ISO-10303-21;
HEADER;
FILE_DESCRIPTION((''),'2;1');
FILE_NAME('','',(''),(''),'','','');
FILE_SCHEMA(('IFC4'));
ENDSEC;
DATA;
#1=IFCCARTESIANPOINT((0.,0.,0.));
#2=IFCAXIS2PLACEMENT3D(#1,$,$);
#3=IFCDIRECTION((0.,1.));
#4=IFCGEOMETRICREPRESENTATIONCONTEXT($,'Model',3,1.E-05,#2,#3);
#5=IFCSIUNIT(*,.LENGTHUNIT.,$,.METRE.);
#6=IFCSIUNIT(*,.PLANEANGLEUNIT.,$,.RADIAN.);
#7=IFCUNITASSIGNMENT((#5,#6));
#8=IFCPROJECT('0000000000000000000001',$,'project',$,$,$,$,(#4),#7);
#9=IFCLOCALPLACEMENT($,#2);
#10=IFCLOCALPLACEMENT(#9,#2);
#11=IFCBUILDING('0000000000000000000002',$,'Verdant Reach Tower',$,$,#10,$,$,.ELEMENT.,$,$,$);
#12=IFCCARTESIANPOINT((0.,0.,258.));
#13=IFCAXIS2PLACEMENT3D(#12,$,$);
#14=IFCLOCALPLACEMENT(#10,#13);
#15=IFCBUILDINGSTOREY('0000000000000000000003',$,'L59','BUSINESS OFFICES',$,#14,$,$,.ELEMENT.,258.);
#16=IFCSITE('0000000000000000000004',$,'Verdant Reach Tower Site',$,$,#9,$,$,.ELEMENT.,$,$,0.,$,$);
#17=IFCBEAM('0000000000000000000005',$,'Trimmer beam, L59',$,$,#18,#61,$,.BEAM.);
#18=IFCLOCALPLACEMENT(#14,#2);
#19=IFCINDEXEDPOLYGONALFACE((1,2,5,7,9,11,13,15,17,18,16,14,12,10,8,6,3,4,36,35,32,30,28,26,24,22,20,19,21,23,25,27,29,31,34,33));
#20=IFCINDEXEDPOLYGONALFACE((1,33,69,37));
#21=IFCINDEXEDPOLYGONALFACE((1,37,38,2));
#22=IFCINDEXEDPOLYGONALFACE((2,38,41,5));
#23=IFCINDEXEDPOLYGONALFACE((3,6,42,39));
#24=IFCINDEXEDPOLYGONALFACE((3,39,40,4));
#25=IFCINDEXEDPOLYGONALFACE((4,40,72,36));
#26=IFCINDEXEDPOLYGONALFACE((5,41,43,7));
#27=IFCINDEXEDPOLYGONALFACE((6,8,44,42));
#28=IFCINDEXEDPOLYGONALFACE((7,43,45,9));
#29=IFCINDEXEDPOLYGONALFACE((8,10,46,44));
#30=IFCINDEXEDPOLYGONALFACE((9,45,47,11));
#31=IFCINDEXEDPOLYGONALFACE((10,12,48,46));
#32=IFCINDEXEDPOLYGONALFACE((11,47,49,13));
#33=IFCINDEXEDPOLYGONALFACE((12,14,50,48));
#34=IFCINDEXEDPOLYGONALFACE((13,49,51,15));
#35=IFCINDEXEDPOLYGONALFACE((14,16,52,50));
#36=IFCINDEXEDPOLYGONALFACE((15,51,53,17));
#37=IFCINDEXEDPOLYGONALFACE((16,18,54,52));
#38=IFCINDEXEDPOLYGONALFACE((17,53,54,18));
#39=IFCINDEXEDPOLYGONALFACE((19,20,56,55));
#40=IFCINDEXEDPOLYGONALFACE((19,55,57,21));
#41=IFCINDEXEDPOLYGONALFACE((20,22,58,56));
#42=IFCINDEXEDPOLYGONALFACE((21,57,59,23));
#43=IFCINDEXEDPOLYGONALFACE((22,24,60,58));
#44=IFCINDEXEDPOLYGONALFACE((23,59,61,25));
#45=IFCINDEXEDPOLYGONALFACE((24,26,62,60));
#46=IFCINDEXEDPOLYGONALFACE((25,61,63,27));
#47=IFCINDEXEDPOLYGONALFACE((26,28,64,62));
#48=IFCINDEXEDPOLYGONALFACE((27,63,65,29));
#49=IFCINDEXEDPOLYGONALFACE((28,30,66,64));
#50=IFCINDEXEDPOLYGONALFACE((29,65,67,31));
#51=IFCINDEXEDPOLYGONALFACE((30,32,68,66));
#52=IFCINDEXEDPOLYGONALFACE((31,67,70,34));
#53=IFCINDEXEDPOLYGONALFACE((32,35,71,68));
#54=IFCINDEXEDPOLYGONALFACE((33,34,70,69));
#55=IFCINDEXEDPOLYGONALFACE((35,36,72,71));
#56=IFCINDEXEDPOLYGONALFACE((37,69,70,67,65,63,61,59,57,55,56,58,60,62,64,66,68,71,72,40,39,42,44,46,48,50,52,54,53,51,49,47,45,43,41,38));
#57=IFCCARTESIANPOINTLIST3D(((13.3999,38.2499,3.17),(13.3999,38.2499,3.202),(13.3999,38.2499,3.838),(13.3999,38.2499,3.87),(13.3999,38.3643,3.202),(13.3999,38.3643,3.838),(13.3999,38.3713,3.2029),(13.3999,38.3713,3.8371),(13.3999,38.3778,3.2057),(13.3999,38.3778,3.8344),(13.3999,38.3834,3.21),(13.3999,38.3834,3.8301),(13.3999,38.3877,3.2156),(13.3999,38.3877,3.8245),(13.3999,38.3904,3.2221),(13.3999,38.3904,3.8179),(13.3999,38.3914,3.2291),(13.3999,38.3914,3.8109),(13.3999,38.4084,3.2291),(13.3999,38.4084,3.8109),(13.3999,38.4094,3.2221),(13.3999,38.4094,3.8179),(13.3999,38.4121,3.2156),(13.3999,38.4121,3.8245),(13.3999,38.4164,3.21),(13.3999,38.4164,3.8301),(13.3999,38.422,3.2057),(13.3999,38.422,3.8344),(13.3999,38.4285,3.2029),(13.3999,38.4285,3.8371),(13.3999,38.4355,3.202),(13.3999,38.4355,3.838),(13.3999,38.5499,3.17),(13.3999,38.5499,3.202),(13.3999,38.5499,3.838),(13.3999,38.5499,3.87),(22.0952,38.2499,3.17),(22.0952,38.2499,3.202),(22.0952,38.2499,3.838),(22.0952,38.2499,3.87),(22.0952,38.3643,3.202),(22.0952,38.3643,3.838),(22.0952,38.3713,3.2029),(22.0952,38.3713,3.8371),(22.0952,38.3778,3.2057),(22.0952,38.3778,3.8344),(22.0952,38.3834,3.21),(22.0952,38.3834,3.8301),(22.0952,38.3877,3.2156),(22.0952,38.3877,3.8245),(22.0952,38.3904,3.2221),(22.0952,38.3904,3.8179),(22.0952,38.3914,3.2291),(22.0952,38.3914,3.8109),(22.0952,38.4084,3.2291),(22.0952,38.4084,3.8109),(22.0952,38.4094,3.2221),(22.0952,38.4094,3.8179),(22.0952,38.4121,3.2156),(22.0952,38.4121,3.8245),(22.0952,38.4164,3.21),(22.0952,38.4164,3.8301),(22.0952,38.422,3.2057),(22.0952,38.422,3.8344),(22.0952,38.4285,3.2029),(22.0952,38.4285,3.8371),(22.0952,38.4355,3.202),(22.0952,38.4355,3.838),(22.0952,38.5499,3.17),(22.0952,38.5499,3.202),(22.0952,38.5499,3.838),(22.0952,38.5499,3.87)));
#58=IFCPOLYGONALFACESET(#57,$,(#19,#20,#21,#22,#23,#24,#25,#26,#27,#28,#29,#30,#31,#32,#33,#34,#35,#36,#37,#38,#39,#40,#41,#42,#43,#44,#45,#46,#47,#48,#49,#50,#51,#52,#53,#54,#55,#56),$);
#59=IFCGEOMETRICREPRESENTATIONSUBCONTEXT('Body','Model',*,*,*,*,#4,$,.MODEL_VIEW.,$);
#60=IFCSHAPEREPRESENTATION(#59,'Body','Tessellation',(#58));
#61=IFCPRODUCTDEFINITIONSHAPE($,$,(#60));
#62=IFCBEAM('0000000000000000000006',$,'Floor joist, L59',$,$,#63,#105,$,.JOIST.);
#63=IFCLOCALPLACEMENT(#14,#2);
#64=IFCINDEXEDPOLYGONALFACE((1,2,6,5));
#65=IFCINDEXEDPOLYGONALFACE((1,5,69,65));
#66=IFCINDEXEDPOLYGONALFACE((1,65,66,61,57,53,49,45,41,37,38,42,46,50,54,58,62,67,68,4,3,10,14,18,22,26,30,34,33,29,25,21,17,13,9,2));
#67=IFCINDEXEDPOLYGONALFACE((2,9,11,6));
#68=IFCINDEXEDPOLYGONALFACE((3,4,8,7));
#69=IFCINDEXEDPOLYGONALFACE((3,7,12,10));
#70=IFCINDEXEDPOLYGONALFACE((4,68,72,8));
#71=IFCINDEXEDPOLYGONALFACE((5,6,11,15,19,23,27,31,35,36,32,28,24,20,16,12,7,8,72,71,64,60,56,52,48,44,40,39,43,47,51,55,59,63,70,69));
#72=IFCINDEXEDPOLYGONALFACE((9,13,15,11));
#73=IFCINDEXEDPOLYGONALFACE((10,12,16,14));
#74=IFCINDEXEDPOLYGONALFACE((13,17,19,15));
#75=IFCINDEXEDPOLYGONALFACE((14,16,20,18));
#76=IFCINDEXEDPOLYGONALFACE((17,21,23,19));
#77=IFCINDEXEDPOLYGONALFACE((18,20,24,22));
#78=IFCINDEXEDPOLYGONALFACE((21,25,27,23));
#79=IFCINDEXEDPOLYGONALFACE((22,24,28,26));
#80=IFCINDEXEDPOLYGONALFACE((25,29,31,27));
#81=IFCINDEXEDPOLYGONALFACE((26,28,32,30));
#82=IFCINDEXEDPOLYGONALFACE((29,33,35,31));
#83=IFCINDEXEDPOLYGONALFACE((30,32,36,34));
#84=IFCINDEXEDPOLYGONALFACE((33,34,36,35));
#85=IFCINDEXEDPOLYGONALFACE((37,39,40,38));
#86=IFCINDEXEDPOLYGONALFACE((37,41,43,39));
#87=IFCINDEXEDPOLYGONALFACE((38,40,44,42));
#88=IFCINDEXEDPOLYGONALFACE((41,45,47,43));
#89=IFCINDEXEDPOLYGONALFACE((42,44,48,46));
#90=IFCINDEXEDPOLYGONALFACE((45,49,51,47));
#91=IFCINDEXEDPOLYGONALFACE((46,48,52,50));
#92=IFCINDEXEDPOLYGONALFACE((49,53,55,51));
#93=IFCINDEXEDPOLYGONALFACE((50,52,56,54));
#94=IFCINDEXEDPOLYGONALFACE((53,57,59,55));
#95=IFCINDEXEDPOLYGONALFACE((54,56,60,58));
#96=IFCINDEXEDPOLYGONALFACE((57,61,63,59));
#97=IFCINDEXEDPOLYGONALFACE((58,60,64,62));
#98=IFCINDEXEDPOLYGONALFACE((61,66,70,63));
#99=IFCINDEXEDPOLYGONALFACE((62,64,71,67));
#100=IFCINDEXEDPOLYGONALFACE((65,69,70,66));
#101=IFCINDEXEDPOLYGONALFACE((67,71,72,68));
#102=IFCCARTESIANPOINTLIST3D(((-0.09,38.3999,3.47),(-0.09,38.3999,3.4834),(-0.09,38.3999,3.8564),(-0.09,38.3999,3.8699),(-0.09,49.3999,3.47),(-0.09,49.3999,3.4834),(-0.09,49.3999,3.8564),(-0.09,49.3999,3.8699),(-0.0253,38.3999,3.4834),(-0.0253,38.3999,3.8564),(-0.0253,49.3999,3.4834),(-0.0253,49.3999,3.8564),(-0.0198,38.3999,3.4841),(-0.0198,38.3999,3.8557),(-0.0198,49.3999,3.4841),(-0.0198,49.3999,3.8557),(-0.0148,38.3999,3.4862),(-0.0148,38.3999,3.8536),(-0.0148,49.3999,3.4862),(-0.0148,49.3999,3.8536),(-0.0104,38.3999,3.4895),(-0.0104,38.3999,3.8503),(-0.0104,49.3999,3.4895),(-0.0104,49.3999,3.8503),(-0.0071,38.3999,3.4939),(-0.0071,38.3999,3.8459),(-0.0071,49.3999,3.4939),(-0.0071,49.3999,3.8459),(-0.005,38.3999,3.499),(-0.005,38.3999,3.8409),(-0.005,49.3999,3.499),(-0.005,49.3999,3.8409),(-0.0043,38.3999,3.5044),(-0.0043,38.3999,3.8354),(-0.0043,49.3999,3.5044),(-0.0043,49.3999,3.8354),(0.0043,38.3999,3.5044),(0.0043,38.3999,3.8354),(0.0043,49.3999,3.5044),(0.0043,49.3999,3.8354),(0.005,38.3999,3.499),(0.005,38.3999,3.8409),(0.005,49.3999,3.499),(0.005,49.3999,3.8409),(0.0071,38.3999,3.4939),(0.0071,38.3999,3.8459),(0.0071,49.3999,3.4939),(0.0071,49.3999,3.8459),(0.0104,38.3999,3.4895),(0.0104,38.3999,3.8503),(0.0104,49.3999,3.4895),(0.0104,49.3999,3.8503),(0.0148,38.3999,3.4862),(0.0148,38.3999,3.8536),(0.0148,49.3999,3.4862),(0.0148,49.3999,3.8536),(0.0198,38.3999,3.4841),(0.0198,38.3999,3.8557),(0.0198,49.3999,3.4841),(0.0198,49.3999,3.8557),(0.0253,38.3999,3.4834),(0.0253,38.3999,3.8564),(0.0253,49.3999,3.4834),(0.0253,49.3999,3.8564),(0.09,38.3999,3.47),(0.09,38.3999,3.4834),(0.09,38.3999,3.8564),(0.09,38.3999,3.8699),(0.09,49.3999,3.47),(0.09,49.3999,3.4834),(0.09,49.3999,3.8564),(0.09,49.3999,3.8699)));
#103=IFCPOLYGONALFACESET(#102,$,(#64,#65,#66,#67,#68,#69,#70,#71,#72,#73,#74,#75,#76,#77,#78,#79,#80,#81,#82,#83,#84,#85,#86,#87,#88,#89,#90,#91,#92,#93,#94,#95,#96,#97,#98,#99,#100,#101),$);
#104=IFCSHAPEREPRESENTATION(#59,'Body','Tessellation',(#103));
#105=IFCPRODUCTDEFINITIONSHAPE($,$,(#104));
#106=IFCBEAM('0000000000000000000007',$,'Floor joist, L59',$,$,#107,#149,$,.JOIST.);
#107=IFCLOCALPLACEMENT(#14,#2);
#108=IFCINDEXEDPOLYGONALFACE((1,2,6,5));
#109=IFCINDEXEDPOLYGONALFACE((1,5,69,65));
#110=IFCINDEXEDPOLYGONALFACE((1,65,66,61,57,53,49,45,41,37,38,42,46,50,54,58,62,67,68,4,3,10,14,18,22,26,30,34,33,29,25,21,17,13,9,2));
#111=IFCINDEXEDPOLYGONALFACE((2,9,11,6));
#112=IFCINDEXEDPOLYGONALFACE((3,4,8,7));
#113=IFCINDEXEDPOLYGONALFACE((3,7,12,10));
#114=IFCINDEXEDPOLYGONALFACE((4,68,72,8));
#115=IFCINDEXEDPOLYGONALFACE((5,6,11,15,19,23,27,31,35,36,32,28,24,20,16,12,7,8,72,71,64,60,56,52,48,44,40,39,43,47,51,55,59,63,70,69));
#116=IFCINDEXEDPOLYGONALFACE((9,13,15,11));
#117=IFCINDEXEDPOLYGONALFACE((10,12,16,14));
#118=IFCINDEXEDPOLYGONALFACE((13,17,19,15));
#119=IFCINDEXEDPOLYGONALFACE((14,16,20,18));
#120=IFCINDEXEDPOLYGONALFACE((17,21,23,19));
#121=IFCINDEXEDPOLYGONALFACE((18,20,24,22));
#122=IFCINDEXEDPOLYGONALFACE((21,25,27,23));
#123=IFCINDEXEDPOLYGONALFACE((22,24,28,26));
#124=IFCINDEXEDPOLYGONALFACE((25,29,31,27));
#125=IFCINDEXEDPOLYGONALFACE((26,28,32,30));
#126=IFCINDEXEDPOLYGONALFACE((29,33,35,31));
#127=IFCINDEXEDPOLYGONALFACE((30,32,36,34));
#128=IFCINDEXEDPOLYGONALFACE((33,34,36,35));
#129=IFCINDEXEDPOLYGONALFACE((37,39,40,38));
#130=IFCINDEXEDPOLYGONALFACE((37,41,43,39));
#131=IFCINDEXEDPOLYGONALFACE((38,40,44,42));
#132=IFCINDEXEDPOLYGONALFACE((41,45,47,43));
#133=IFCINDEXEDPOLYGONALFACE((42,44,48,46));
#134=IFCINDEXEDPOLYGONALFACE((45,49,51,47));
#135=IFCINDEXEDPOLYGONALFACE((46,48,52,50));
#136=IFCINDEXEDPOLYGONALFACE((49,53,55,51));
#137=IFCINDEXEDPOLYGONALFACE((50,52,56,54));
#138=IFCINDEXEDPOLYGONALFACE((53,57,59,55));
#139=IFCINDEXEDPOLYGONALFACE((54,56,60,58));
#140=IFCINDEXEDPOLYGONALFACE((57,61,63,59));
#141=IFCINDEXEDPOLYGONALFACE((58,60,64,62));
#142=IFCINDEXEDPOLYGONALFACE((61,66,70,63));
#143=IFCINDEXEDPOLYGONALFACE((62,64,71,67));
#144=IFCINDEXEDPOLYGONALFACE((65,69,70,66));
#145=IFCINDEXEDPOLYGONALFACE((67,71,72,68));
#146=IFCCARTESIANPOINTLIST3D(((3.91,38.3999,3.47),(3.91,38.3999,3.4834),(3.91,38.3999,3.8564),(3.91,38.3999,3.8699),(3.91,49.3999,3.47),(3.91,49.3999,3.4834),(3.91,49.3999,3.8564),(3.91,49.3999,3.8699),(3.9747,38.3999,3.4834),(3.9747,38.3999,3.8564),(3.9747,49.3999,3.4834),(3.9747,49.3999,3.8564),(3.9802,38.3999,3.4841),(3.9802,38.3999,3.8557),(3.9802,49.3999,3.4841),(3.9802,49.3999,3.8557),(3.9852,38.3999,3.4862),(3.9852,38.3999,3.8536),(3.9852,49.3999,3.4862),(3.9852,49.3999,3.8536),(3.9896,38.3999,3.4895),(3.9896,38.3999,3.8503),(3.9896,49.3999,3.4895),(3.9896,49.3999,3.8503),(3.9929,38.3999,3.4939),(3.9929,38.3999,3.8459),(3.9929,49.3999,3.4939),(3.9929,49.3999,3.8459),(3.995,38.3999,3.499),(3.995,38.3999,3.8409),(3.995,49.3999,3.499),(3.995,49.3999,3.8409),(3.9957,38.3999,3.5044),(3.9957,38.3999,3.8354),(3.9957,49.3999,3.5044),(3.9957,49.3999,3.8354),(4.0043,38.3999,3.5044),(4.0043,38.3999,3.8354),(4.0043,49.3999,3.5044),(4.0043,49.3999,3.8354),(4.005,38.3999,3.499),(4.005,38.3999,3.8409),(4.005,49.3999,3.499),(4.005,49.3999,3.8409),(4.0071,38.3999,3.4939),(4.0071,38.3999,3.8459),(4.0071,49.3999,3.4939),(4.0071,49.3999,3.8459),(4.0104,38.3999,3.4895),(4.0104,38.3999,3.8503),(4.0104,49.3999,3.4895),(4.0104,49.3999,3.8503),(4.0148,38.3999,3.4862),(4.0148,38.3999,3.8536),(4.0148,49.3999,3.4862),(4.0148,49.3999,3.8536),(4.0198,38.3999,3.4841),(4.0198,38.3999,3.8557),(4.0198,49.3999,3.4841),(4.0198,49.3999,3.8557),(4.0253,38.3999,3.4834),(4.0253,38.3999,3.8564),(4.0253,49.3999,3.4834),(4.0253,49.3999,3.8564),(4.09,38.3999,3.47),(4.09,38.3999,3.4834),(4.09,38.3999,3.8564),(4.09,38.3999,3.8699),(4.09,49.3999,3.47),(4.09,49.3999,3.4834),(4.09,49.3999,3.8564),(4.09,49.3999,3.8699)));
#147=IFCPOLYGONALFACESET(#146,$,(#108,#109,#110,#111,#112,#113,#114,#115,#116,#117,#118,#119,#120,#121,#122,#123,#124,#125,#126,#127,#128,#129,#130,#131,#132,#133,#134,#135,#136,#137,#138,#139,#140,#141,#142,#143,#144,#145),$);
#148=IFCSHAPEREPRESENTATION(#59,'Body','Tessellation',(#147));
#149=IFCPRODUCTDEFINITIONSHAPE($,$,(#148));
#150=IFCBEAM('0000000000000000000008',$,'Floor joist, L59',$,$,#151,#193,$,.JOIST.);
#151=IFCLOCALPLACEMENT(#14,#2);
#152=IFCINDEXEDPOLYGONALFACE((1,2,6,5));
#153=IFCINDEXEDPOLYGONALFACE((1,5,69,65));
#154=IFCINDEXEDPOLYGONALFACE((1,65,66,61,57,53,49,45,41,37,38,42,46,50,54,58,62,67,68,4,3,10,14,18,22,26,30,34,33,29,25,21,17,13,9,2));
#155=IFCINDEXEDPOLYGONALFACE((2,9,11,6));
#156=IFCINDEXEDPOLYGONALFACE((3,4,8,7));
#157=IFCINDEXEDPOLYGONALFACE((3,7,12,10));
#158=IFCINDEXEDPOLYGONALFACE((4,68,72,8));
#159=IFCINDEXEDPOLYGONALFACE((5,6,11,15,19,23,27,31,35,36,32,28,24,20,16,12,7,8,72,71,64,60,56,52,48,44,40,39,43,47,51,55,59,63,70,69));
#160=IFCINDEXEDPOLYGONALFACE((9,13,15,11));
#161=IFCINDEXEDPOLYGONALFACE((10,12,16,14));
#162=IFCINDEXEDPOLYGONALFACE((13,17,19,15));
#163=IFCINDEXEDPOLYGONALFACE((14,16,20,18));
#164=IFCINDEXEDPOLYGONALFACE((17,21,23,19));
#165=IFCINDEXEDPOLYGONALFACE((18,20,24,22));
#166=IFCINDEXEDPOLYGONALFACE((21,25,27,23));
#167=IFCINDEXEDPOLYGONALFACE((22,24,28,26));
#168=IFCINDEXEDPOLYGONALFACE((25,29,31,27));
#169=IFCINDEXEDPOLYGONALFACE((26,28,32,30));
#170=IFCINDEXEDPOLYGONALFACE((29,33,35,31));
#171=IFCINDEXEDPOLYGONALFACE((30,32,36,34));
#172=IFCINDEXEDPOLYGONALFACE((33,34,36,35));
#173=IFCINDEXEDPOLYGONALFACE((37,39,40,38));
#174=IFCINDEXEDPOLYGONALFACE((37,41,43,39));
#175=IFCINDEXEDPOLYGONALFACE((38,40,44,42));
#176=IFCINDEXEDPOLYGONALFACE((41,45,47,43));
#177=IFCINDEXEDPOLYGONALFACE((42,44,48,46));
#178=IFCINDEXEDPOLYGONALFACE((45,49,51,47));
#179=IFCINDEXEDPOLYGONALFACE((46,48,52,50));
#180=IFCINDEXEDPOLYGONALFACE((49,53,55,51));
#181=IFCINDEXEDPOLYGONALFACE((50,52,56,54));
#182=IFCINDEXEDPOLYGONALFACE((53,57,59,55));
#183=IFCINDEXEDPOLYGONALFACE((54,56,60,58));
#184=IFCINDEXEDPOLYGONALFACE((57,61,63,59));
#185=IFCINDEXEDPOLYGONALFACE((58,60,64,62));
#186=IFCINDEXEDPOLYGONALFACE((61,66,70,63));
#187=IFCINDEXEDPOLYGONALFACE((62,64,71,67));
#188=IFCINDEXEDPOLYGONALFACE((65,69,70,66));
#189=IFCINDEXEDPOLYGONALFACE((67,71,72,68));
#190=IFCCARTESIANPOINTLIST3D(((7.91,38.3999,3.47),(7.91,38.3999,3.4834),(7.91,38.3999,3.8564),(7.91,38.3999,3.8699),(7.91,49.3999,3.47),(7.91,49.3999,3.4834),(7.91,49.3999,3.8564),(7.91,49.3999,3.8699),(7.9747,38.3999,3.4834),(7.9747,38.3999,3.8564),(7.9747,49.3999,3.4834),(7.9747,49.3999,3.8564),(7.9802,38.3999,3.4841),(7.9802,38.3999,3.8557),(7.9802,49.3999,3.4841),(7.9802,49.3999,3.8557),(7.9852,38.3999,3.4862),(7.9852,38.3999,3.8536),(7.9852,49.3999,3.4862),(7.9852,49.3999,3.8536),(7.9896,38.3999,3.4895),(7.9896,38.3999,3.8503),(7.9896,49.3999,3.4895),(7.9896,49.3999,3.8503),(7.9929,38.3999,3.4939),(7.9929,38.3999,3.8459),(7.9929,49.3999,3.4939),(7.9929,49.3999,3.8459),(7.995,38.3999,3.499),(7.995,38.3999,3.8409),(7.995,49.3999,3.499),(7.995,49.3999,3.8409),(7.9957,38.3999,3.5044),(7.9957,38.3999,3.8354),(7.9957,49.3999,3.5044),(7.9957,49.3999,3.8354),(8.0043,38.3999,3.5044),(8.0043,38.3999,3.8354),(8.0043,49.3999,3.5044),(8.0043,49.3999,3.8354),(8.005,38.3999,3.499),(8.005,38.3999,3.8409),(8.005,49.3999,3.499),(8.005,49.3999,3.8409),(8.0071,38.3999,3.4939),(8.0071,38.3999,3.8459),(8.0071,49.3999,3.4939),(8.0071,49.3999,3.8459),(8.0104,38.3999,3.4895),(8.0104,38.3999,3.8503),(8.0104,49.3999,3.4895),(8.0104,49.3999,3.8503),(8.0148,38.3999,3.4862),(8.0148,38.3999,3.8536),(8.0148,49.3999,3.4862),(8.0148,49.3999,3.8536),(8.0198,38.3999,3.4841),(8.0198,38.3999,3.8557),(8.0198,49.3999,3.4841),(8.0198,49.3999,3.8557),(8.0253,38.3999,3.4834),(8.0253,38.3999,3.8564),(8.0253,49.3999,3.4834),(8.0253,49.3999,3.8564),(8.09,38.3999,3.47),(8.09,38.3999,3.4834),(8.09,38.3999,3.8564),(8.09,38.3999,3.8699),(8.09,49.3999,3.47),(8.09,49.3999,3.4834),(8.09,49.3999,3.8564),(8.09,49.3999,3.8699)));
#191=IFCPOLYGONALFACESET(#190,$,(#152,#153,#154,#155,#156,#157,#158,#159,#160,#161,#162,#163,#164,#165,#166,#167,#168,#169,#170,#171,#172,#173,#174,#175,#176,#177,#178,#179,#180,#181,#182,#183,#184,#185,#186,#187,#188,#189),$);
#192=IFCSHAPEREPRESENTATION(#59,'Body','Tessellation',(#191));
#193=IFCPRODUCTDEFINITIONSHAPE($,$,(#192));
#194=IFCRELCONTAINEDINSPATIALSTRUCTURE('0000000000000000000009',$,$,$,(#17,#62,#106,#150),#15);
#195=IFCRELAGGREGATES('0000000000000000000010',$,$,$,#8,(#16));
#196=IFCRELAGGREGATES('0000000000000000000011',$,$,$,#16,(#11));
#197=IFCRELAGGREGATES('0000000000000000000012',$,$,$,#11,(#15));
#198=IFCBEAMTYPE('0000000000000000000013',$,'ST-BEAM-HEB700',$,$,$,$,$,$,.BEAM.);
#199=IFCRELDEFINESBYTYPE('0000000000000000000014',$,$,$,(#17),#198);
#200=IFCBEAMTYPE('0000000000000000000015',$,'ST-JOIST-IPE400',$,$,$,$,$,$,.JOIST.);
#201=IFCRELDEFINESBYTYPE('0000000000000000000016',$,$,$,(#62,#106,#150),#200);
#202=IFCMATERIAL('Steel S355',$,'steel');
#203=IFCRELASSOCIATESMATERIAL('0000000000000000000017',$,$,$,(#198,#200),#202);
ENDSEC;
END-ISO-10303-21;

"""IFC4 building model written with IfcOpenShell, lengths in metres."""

from ifc_helpers import new_model, si_unit, direction, frame, origin, origin_2d, place, context, subcontext, project, spatial, i_section, extrude, material, material_profile, profile_set, type_object, element, save


model = new_model("IFC4")

# Units and contexts
model_context = context("Model", 3, precision=1e-05, world=origin(), true_north=direction((0.0, 1.0)))
body_context = subcontext(model_context, "Body", "Model", "MODEL_VIEW")
ifc_project = project(units=[si_unit("LENGTHUNIT", "METRE"), si_unit("PLANEANGLEUNIT", "RADIAN")], contexts=[model_context])

# Site, building, storey
site_placement = place(None, origin())
site = spatial("IfcSite", under=ifc_project, at=site_placement, Name="Verdant Reach Tower Site", CompositionType="ELEMENT", RefElevation=0.0)
building_placement = place(site_placement, origin())
building = spatial("IfcBuilding", under=site, at=building_placement, Name="Verdant Reach Tower", CompositionType="ELEMENT")
storey_placement = place(building_placement, frame((0.0, 0.0, 258.0)))
storey = spatial("IfcBuildingStorey", under=building, at=storey_placement, Name="L59", Description="BUSINESS OFFICES", CompositionType="ELEMENT", Elevation=258.0)

# Beams
ifc_material_1 = material(Name="Steel S355", Category="steel")
ifc_material_profile_1 = material_profile(ifc_material_1, i_section(OverallWidth=0.3, OverallDepth=0.7, WebThickness=0.0171, FlangeThickness=0.032, FilletRadius=0.0271, at=origin_2d()), Name="HEB 700")
ifc_profile_set_1 = profile_set([ifc_material_profile_1], Name="Steel S355")
beam_type_1 = type_object("IfcBeamType", Name="ST-BEAM-HEB700", PredefinedType="BEAM", material=ifc_profile_set_1)
beam_1_placement = place(storey_placement, frame((13.3999, 38.3999, 3.52), z_axis=(1.0, 0.0, 0.0), x_axis=(0.0, 1.0, 0.0)))
element("IfcBeam", 1, at=beam_1_placement, inside=storey, type_object=beam_type_1, Name="Trimmer beam, L59", PredefinedType="BEAM", context=body_context, shape_type="SweptSolid", body=[
    extrude(i_section(OverallWidth=0.3, OverallDepth=0.7, WebThickness=0.0171, FlangeThickness=0.032, FilletRadius=0.0271, at=origin_2d()), origin(), (0.0, 0.0, 1.0), 8.6953),
])
ifc_material_profile_2 = material_profile(ifc_material_1, i_section(OverallWidth=0.1799, OverallDepth=0.3999, WebThickness=0.0085, FlangeThickness=0.0134, FilletRadius=0.021, at=origin_2d()), Name="IPE 400")
ifc_profile_set_2 = profile_set([ifc_material_profile_2], Name="Steel S355")
beam_type_2 = type_object("IfcBeamType", Name="ST-JOIST-IPE400", PredefinedType="JOIST", material=ifc_profile_set_2)
for number, where, z_axis, x_axis, name in (
    (2, (0.0, 38.3999, 3.6699), (0.0, 1.0, 0.0), (-1.0, 0.0, 0.0), "Floor joist, L59"),
    (3, (4.0, 38.3999, 3.6699), (0.0, 1.0, 0.0), (-1.0, 0.0, 0.0), "Floor joist, L59"),
    (4, (8.0, 38.3999, 3.6699), (0.0, 1.0, 0.0), (-1.0, 0.0, 0.0), "Floor joist, L59"),
):
    element("IfcBeam", number, at=place(storey_placement, frame(where, z_axis=z_axis, x_axis=x_axis)), inside=storey, type_object=beam_type_2, Name=name, PredefinedType="JOIST", context=body_context, shape_type="SweptSolid", body=[
        extrude(i_section(OverallWidth=0.1799, OverallDepth=0.3999, WebThickness=0.0085, FlangeThickness=0.0134, FilletRadius=0.021, at=origin_2d()), origin(), (0.0, 0.0, 1.0), 11.0),
    ])

save(model, "model.ifc")
